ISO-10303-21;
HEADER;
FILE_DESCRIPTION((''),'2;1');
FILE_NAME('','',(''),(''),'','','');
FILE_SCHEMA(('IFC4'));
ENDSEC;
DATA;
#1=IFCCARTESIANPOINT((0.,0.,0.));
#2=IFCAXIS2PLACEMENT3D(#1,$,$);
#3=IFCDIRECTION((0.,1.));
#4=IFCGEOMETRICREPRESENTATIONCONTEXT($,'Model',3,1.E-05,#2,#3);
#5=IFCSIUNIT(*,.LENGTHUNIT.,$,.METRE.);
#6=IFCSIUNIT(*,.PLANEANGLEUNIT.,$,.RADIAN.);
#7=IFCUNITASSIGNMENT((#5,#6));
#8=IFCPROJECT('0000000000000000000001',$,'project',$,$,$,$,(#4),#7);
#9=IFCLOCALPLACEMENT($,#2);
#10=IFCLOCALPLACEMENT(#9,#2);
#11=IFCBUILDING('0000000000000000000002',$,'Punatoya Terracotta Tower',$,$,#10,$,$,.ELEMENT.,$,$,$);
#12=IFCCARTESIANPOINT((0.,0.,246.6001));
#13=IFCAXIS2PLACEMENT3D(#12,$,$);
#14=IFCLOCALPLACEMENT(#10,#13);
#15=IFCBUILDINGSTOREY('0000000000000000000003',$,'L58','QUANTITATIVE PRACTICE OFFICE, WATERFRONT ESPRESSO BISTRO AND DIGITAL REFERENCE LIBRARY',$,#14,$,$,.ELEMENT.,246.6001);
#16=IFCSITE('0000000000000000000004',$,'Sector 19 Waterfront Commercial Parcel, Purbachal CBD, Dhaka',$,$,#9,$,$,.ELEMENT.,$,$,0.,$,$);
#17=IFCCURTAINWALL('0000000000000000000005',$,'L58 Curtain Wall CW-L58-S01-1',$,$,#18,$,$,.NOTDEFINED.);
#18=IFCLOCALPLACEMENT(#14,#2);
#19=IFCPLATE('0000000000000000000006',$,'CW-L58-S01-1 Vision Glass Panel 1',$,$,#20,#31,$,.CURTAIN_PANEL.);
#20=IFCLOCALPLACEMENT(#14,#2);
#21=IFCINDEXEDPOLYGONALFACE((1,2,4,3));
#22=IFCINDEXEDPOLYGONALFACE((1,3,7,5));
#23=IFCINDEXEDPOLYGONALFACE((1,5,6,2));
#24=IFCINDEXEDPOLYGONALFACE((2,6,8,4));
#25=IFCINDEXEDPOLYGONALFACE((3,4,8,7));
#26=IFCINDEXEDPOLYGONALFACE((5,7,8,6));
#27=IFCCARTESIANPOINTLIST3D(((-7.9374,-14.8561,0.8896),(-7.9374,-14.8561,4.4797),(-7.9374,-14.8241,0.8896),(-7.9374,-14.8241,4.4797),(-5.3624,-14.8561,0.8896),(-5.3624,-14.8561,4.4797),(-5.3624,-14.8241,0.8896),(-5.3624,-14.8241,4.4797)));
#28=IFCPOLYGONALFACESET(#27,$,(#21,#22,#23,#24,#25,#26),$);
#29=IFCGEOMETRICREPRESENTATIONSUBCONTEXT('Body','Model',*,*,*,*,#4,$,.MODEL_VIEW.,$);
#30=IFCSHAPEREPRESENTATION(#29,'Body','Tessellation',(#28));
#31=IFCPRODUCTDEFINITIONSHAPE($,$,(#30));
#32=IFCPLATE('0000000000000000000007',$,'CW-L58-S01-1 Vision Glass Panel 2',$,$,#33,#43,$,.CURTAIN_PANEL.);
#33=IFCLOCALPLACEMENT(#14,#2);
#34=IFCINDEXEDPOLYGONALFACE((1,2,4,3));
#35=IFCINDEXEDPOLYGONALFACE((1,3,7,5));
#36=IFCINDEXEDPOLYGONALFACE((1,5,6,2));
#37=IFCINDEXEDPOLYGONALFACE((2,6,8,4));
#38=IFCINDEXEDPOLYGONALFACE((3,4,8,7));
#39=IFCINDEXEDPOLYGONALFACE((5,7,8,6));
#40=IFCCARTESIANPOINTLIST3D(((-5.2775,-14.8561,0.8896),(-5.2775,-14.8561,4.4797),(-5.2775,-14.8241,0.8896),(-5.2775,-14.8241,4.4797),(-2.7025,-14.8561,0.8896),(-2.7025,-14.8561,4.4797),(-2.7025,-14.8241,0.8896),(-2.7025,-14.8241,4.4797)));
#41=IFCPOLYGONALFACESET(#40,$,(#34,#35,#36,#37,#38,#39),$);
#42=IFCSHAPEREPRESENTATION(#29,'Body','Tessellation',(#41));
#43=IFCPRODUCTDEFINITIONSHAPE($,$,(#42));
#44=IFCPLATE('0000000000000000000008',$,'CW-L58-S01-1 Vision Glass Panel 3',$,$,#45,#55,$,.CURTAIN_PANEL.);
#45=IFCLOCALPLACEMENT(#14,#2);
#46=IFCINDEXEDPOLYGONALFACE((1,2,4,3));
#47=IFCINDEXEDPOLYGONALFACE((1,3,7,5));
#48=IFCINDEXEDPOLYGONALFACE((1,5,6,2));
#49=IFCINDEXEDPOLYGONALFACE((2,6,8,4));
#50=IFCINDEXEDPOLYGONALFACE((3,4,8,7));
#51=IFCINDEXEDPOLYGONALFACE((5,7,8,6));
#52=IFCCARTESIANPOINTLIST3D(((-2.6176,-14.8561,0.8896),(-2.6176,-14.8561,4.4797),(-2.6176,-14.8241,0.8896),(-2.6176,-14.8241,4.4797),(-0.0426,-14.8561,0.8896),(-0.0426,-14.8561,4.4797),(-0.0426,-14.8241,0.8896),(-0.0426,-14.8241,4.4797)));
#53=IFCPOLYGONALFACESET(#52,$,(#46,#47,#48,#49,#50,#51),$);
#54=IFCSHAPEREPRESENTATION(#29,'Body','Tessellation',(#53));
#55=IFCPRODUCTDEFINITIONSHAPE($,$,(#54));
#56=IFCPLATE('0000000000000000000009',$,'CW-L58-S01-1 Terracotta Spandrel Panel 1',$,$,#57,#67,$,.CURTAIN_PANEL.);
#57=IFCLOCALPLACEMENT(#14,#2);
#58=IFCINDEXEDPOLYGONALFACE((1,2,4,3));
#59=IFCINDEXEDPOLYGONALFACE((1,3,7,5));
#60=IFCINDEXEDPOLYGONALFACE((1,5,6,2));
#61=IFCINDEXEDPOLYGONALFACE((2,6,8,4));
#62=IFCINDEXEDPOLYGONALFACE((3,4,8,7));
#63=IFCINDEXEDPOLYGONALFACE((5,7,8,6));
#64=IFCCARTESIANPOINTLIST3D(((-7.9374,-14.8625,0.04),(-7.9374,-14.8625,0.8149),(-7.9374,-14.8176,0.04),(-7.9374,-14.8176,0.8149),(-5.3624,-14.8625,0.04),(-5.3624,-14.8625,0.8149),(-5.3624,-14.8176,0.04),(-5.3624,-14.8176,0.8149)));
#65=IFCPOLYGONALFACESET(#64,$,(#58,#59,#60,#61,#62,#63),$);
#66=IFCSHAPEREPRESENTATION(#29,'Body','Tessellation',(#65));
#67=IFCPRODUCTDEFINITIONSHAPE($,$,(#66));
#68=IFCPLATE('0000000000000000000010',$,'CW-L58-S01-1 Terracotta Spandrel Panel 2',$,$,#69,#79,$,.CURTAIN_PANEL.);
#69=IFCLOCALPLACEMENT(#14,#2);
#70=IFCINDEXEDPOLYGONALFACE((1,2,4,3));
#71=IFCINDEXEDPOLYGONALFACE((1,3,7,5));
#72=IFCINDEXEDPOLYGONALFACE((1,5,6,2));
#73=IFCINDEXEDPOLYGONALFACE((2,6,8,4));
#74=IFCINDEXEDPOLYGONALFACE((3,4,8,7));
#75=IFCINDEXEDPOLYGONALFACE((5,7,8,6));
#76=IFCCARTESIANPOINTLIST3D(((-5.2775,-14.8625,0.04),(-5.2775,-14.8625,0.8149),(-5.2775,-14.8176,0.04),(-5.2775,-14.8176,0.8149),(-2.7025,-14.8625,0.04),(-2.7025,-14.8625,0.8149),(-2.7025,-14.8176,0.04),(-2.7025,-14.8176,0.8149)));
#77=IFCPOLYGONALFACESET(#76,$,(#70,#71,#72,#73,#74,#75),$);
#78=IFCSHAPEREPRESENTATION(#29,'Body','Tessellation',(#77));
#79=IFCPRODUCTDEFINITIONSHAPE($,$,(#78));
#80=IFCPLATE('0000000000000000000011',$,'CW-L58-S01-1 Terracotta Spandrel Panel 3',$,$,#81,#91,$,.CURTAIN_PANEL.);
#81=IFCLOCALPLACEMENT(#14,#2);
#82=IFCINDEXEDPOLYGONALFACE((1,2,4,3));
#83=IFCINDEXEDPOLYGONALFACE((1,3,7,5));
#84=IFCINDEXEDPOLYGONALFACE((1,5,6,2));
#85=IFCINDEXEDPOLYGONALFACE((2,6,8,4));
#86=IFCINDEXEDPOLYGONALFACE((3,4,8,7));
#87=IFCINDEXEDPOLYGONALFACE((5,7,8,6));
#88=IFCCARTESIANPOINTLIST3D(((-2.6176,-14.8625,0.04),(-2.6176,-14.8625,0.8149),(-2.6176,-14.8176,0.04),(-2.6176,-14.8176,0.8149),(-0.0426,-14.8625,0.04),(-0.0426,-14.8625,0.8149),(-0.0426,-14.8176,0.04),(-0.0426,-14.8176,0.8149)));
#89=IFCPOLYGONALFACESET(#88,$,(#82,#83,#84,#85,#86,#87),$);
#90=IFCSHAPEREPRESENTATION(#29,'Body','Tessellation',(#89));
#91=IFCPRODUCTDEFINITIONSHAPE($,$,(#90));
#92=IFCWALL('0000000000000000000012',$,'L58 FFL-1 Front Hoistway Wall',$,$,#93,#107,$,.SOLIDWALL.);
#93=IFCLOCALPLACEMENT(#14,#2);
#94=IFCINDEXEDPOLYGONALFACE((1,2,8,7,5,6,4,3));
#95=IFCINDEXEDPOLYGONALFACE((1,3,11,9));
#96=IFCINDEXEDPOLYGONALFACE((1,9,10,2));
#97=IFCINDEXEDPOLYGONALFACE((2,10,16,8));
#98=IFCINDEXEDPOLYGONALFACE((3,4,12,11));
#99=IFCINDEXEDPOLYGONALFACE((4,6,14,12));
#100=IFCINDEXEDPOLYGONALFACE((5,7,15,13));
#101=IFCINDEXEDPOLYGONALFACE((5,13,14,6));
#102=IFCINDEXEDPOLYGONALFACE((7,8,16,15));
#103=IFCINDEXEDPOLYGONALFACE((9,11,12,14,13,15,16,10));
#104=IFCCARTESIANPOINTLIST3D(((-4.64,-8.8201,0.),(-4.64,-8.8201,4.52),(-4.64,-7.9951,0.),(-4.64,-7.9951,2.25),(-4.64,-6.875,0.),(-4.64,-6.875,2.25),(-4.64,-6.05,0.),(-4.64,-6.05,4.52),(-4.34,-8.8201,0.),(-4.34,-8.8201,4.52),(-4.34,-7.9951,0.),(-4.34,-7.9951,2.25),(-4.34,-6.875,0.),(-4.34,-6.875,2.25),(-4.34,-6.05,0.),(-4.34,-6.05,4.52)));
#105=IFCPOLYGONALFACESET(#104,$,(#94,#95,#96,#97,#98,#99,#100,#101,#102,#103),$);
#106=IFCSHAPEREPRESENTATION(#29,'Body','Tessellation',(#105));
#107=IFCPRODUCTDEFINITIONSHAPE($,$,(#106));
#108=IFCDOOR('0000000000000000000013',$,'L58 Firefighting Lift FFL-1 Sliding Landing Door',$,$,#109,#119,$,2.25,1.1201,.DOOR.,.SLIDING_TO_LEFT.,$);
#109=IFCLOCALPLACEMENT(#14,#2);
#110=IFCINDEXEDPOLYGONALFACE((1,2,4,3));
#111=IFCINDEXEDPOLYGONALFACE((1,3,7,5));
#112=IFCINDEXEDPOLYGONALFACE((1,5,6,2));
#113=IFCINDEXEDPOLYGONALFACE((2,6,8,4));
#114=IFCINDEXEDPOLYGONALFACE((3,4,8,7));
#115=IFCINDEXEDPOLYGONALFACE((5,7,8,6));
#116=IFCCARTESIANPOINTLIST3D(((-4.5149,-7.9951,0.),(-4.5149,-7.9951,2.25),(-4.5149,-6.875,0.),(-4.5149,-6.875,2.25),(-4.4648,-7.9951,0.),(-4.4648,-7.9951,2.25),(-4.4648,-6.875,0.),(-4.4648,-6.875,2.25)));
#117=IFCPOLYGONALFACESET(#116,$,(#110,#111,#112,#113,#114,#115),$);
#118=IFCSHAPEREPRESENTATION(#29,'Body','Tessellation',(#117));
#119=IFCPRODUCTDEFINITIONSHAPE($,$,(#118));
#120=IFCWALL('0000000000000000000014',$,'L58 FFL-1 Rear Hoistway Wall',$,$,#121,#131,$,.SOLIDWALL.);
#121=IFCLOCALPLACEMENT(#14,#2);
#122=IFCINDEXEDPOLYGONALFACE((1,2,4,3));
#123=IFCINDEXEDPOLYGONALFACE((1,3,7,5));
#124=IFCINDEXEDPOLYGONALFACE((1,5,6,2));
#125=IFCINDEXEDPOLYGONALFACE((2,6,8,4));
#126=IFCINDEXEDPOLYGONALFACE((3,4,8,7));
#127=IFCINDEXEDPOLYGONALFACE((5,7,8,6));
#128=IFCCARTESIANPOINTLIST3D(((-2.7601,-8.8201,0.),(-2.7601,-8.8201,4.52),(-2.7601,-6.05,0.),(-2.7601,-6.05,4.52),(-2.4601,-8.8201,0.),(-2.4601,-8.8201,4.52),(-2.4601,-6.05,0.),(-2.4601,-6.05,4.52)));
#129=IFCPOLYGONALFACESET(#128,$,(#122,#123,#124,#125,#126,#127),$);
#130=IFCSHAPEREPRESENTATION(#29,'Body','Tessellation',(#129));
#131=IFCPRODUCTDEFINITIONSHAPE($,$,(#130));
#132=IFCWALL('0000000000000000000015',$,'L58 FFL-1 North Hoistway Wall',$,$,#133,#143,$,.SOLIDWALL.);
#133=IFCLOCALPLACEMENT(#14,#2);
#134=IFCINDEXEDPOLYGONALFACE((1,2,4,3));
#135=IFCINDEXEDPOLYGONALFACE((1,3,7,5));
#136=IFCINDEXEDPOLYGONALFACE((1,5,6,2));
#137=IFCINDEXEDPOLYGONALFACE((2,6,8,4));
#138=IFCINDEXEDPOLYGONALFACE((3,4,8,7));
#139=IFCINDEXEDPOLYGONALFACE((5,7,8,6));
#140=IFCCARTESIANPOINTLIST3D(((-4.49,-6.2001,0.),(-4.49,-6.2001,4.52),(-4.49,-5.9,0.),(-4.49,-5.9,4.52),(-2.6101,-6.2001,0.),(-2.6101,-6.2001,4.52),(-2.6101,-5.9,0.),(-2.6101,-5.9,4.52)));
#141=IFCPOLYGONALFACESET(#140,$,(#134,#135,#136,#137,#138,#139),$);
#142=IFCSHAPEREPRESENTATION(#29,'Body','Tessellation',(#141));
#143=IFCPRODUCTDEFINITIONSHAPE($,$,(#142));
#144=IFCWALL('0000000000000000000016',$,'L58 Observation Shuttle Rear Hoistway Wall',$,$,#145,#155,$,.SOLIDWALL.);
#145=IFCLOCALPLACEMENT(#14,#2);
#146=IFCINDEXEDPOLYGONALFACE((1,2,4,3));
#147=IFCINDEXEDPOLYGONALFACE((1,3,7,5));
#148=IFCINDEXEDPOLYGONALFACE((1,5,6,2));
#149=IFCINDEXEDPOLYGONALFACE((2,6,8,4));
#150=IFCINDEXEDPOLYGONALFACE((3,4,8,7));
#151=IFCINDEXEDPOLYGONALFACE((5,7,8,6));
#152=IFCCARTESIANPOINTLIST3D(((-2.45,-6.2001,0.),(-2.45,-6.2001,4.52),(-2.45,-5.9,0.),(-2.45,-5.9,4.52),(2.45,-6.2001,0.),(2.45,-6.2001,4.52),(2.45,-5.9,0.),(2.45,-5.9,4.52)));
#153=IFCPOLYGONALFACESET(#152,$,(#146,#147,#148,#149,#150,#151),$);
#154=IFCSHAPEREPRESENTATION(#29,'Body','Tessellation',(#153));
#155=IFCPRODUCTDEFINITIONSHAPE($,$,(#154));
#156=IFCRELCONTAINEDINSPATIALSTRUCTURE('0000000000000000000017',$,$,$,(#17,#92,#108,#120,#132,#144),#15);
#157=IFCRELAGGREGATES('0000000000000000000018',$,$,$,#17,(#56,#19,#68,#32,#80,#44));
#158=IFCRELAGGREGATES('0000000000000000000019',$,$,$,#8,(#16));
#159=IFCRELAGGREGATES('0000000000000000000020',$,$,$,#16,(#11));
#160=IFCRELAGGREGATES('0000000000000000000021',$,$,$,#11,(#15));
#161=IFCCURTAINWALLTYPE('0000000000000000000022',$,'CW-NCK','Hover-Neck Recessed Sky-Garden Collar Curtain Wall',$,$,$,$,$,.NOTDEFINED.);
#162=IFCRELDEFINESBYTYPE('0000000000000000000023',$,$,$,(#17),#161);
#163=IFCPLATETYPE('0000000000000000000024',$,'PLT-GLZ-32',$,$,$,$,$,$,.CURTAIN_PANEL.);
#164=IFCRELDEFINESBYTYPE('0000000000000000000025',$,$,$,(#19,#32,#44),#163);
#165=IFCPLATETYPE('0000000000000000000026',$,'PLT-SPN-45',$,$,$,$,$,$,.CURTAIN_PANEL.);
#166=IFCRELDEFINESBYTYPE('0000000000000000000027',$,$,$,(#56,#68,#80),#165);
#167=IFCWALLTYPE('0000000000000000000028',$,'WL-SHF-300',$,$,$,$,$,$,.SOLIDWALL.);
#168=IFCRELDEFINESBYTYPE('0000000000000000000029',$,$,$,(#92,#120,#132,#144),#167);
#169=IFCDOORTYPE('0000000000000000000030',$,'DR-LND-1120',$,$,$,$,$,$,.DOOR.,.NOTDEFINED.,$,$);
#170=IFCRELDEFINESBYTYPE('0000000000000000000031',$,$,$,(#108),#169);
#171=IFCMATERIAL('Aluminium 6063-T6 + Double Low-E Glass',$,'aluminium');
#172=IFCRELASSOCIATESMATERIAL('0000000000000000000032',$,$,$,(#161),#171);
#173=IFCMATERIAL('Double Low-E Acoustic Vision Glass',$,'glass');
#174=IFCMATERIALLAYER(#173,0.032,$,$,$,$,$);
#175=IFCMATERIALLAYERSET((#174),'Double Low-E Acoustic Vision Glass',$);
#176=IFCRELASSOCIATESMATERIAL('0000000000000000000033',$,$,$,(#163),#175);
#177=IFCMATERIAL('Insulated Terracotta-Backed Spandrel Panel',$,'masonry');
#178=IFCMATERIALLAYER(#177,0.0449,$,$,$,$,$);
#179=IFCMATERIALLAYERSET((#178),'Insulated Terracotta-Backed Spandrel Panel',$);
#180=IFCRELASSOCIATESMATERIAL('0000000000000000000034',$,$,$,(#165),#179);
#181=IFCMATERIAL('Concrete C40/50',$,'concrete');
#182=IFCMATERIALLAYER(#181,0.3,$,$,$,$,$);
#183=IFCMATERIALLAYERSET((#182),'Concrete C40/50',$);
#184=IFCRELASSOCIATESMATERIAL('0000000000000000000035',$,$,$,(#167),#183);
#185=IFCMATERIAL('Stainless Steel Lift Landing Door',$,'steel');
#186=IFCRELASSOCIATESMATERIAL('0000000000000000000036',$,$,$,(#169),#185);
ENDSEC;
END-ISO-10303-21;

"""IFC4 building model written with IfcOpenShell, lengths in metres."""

from ifc_helpers import new_model, si_unit, direction, frame, frame_2d, origin, origin_2d, place, context, subcontext, project, spatial, rectangle, extrude, material, layer, layer_set, type_object, element, fill, aggregate, save


model = new_model("IFC4")

# Units and contexts
model_context = context("Model", 3, precision=1e-05, world=origin(), true_north=direction((0.0, 1.0)))
body_context = subcontext(model_context, "Body", "Model", "MODEL_VIEW")
ifc_project = project(units=[si_unit("LENGTHUNIT", "METRE"), si_unit("PLANEANGLEUNIT", "RADIAN")], contexts=[model_context])

# Site, building, storey
site_placement = place(None, origin())
site = spatial("IfcSite", under=ifc_project, at=site_placement, Name="Sector 19 Waterfront Commercial Parcel, Purbachal CBD, Dhaka", CompositionType="ELEMENT", RefElevation=0.0)
building_placement = place(site_placement, origin())
building = spatial("IfcBuilding", under=site, at=building_placement, Name="Punatoya Terracotta Tower", CompositionType="ELEMENT")
storey_placement = place(building_placement, frame((0.0, 0.0, 246.6001)))
storey = spatial("IfcBuildingStorey", under=building, at=storey_placement, Name="L58", Description="QUANTITATIVE PRACTICE OFFICE, WATERFRONT ESPRESSO BISTRO AND DIGITAL REFERENCE LIBRARY", CompositionType="ELEMENT", Elevation=246.6001)

# Curtain wall, plates
ifc_material_1 = material(Name="Aluminium 6063-T6 + Double Low-E Glass", Category="aluminium")
curtain_wall_type = type_object("IfcCurtainWallType", Name="CW-NCK", Description="Hover-Neck Recessed Sky-Garden Collar Curtain Wall", PredefinedType="NOTDEFINED", material=ifc_material_1)
curtain_wall_placement = place(storey_placement, origin())
curtain_wall = element("IfcCurtainWall", 1, at=curtain_wall_placement, inside=storey, type_object=curtain_wall_type, Name="L58 Curtain Wall CW-L58-S01-1", PredefinedType="NOTDEFINED")
ifc_material_2 = material(Name="Double Low-E Acoustic Vision Glass", Category="glass")
ifc_layer_1 = layer(ifc_material_2, 0.032)
ifc_layer_set_1 = layer_set([ifc_layer_1], Name="Double Low-E Acoustic Vision Glass")
plate_type_1 = type_object("IfcPlateType", Name="PLT-GLZ-32", PredefinedType="CURTAIN_PANEL", material=ifc_layer_set_1)
plate_1_placement = place(storey_placement, frame((-6.6499, -14.8401, 0.8896), z_axis=(0.0, 0.0, 1.0), x_axis=(1.0, 0.0, 0.0)))
plate_1 = element("IfcPlate", 2, at=plate_1_placement, type_object=plate_type_1, Name="CW-L58-S01-1 Vision Glass Panel 1", PredefinedType="CURTAIN_PANEL", context=body_context, shape_type="SweptSolid", body=[
    extrude(rectangle(XDim=2.575, YDim=0.032, at=origin_2d()), origin(), (0.0, 0.0, 1.0), 3.5901),
])
plate_2_placement = place(storey_placement, frame((-3.99, -14.8401, 0.8896), z_axis=(0.0, 0.0, 1.0), x_axis=(1.0, 0.0, 0.0)))
plate_2 = element("IfcPlate", 3, at=plate_2_placement, type_object=plate_type_1, Name="CW-L58-S01-1 Vision Glass Panel 2", PredefinedType="CURTAIN_PANEL", context=body_context, shape_type="SweptSolid", body=[
    extrude(rectangle(XDim=2.575, YDim=0.032, at=origin_2d()), origin(), (0.0, 0.0, 1.0), 3.5901),
])
plate_3_placement = place(storey_placement, frame((-1.3301, -14.8401, 0.8896), z_axis=(0.0, 0.0, 1.0), x_axis=(1.0, 0.0, 0.0)))
plate_3 = element("IfcPlate", 4, at=plate_3_placement, type_object=plate_type_1, Name="CW-L58-S01-1 Vision Glass Panel 3", PredefinedType="CURTAIN_PANEL", context=body_context, shape_type="SweptSolid", body=[
    extrude(rectangle(XDim=2.575, YDim=0.032, at=origin_2d()), origin(), (0.0, 0.0, 1.0), 3.5901),
])
ifc_material_3 = material(Name="Insulated Terracotta-Backed Spandrel Panel", Category="masonry")
ifc_layer_2 = layer(ifc_material_3, 0.0449)
ifc_layer_set_2 = layer_set([ifc_layer_2], Name="Insulated Terracotta-Backed Spandrel Panel")
plate_type_2 = type_object("IfcPlateType", Name="PLT-SPN-45", PredefinedType="CURTAIN_PANEL", material=ifc_layer_set_2)
plate_4_placement = place(storey_placement, frame((-6.6499, -14.8401, 0.04), z_axis=(0.0, 0.0, 1.0), x_axis=(1.0, 0.0, 0.0)))
plate_4 = element("IfcPlate", 5, at=plate_4_placement, type_object=plate_type_2, Name="CW-L58-S01-1 Terracotta Spandrel Panel 1", PredefinedType="CURTAIN_PANEL", context=body_context, shape_type="SweptSolid", body=[
    extrude(rectangle(XDim=2.575, YDim=0.0449, at=origin_2d()), origin(), (0.0, 0.0, 1.0), 0.7749),
])
plate_5_placement = place(storey_placement, frame((-3.99, -14.8401, 0.04), z_axis=(0.0, 0.0, 1.0), x_axis=(1.0, 0.0, 0.0)))
plate_5 = element("IfcPlate", 6, at=plate_5_placement, type_object=plate_type_2, Name="CW-L58-S01-1 Terracotta Spandrel Panel 2", PredefinedType="CURTAIN_PANEL", context=body_context, shape_type="SweptSolid", body=[
    extrude(rectangle(XDim=2.575, YDim=0.0449, at=origin_2d()), origin(), (0.0, 0.0, 1.0), 0.7749),
])
plate_6_placement = place(storey_placement, frame((-1.3301, -14.8401, 0.04), z_axis=(0.0, 0.0, 1.0), x_axis=(1.0, 0.0, 0.0)))
plate_6 = element("IfcPlate", 7, at=plate_6_placement, type_object=plate_type_2, Name="CW-L58-S01-1 Terracotta Spandrel Panel 3", PredefinedType="CURTAIN_PANEL", context=body_context, shape_type="SweptSolid", body=[
    extrude(rectangle(XDim=2.575, YDim=0.0449, at=origin_2d()), origin(), (0.0, 0.0, 1.0), 0.7749),
])
aggregate(curtain_wall, [plate_4, plate_1, plate_5, plate_2, plate_6, plate_3])

# Wall, opening, door
ifc_material_4 = material(Name="Concrete C40/50", Category="concrete")
ifc_layer_3 = layer(ifc_material_4, 0.3)
ifc_layer_set_3 = layer_set([ifc_layer_3], Name="Concrete C40/50")
wall_type = type_object("IfcWallType", Name="WL-SHF-300", PredefinedType="SOLIDWALL", material=ifc_layer_set_3)
wall_1_placement = place(storey_placement, frame((-4.49, -8.8201, 0.0), z_axis=(0.0, 0.0, 1.0), x_axis=(0.0, 1.0, 0.0)))
wall_1 = element("IfcWall", 8, at=wall_1_placement, inside=storey, type_object=wall_type, Name="L58 FFL-1 Front Hoistway Wall", PredefinedType="SOLIDWALL", context=body_context, shape_type="SweptSolid", body=[
    extrude(rectangle(XDim=2.77, YDim=0.3, at=frame_2d((1.385, 0.0))), origin(), (0.0, 0.0, 1.0), 4.52),
])
opening_placement = place(wall_1_placement, frame((0.825, 0.0, 0.0)))
opening = element("IfcOpeningElement", 9, at=opening_placement, cuts=wall_1, PredefinedType="OPENING", context=body_context, shape_type="SweptSolid", body=[
    extrude(rectangle(XDim=1.1201, YDim=2.25, at=frame_2d((0.5601, 1.125))), frame((0.0, 0.1599, 0.0), z_axis=(0.0, -1.0, 0.0), x_axis=(1.0, 0.0, 0.0)), (0.0, 0.0, 1.0), 0.3201),
])
ifc_material_5 = material(Name="Stainless Steel Lift Landing Door", Category="steel")
door_type = type_object("IfcDoorType", Name="DR-LND-1120", OperationType="NOTDEFINED", PredefinedType="DOOR", material=ifc_material_5)
door_placement = place(opening_placement, origin())
door = element("IfcDoor", 10, at=door_placement, inside=storey, type_object=door_type, Name="L58 Firefighting Lift FFL-1 Sliding Landing Door", OperationType="SLIDING_TO_LEFT", OverallHeight=2.25, OverallWidth=1.1201, PredefinedType="DOOR", context=body_context, shape_type="SweptSolid", body=[
    extrude(rectangle(XDim=1.1201, YDim=2.25, at=frame_2d((0.5601, 1.125))), frame((0.0, 0.0249, 0.0), z_axis=(0.0, -1.0, 0.0), x_axis=(1.0, 0.0, 0.0)), (0.0, 0.0, 1.0), 0.05),
])
fill(opening, door)

# Walls
wall_2_placement = place(storey_placement, frame((-2.6101, -8.8201, 0.0), z_axis=(0.0, 0.0, 1.0), x_axis=(0.0, 1.0, 0.0)))
element("IfcWall", 11, at=wall_2_placement, inside=storey, type_object=wall_type, Name="L58 FFL-1 Rear Hoistway Wall", PredefinedType="SOLIDWALL", context=body_context, shape_type="SweptSolid", body=[
    extrude(rectangle(XDim=2.77, YDim=0.3, at=frame_2d((1.385, 0.0))), origin(), (0.0, 0.0, 1.0), 4.52),
])
wall_3_placement = place(storey_placement, frame((-4.49, -6.05, 0.0), z_axis=(0.0, 0.0, 1.0), x_axis=(1.0, 0.0, 0.0)))
element("IfcWall", 12, at=wall_3_placement, inside=storey, type_object=wall_type, Name="L58 FFL-1 North Hoistway Wall", PredefinedType="SOLIDWALL", context=body_context, shape_type="SweptSolid", body=[
    extrude(rectangle(XDim=1.8799, YDim=0.3, at=frame_2d((0.9399, 0.0))), origin(), (0.0, 0.0, 1.0), 4.52),
])
wall_4_placement = place(storey_placement, frame((-2.45, -6.05, 0.0), z_axis=(0.0, 0.0, 1.0), x_axis=(1.0, 0.0, 0.0)))
element("IfcWall", 13, at=wall_4_placement, inside=storey, type_object=wall_type, Name="L58 Observation Shuttle Rear Hoistway Wall", PredefinedType="SOLIDWALL", context=body_context, shape_type="SweptSolid", body=[
    extrude(rectangle(XDim=4.8999, YDim=0.3, at=frame_2d((2.45, 0.0))), origin(), (0.0, 0.0, 1.0), 4.52),
])

save(model, "model.ifc")
